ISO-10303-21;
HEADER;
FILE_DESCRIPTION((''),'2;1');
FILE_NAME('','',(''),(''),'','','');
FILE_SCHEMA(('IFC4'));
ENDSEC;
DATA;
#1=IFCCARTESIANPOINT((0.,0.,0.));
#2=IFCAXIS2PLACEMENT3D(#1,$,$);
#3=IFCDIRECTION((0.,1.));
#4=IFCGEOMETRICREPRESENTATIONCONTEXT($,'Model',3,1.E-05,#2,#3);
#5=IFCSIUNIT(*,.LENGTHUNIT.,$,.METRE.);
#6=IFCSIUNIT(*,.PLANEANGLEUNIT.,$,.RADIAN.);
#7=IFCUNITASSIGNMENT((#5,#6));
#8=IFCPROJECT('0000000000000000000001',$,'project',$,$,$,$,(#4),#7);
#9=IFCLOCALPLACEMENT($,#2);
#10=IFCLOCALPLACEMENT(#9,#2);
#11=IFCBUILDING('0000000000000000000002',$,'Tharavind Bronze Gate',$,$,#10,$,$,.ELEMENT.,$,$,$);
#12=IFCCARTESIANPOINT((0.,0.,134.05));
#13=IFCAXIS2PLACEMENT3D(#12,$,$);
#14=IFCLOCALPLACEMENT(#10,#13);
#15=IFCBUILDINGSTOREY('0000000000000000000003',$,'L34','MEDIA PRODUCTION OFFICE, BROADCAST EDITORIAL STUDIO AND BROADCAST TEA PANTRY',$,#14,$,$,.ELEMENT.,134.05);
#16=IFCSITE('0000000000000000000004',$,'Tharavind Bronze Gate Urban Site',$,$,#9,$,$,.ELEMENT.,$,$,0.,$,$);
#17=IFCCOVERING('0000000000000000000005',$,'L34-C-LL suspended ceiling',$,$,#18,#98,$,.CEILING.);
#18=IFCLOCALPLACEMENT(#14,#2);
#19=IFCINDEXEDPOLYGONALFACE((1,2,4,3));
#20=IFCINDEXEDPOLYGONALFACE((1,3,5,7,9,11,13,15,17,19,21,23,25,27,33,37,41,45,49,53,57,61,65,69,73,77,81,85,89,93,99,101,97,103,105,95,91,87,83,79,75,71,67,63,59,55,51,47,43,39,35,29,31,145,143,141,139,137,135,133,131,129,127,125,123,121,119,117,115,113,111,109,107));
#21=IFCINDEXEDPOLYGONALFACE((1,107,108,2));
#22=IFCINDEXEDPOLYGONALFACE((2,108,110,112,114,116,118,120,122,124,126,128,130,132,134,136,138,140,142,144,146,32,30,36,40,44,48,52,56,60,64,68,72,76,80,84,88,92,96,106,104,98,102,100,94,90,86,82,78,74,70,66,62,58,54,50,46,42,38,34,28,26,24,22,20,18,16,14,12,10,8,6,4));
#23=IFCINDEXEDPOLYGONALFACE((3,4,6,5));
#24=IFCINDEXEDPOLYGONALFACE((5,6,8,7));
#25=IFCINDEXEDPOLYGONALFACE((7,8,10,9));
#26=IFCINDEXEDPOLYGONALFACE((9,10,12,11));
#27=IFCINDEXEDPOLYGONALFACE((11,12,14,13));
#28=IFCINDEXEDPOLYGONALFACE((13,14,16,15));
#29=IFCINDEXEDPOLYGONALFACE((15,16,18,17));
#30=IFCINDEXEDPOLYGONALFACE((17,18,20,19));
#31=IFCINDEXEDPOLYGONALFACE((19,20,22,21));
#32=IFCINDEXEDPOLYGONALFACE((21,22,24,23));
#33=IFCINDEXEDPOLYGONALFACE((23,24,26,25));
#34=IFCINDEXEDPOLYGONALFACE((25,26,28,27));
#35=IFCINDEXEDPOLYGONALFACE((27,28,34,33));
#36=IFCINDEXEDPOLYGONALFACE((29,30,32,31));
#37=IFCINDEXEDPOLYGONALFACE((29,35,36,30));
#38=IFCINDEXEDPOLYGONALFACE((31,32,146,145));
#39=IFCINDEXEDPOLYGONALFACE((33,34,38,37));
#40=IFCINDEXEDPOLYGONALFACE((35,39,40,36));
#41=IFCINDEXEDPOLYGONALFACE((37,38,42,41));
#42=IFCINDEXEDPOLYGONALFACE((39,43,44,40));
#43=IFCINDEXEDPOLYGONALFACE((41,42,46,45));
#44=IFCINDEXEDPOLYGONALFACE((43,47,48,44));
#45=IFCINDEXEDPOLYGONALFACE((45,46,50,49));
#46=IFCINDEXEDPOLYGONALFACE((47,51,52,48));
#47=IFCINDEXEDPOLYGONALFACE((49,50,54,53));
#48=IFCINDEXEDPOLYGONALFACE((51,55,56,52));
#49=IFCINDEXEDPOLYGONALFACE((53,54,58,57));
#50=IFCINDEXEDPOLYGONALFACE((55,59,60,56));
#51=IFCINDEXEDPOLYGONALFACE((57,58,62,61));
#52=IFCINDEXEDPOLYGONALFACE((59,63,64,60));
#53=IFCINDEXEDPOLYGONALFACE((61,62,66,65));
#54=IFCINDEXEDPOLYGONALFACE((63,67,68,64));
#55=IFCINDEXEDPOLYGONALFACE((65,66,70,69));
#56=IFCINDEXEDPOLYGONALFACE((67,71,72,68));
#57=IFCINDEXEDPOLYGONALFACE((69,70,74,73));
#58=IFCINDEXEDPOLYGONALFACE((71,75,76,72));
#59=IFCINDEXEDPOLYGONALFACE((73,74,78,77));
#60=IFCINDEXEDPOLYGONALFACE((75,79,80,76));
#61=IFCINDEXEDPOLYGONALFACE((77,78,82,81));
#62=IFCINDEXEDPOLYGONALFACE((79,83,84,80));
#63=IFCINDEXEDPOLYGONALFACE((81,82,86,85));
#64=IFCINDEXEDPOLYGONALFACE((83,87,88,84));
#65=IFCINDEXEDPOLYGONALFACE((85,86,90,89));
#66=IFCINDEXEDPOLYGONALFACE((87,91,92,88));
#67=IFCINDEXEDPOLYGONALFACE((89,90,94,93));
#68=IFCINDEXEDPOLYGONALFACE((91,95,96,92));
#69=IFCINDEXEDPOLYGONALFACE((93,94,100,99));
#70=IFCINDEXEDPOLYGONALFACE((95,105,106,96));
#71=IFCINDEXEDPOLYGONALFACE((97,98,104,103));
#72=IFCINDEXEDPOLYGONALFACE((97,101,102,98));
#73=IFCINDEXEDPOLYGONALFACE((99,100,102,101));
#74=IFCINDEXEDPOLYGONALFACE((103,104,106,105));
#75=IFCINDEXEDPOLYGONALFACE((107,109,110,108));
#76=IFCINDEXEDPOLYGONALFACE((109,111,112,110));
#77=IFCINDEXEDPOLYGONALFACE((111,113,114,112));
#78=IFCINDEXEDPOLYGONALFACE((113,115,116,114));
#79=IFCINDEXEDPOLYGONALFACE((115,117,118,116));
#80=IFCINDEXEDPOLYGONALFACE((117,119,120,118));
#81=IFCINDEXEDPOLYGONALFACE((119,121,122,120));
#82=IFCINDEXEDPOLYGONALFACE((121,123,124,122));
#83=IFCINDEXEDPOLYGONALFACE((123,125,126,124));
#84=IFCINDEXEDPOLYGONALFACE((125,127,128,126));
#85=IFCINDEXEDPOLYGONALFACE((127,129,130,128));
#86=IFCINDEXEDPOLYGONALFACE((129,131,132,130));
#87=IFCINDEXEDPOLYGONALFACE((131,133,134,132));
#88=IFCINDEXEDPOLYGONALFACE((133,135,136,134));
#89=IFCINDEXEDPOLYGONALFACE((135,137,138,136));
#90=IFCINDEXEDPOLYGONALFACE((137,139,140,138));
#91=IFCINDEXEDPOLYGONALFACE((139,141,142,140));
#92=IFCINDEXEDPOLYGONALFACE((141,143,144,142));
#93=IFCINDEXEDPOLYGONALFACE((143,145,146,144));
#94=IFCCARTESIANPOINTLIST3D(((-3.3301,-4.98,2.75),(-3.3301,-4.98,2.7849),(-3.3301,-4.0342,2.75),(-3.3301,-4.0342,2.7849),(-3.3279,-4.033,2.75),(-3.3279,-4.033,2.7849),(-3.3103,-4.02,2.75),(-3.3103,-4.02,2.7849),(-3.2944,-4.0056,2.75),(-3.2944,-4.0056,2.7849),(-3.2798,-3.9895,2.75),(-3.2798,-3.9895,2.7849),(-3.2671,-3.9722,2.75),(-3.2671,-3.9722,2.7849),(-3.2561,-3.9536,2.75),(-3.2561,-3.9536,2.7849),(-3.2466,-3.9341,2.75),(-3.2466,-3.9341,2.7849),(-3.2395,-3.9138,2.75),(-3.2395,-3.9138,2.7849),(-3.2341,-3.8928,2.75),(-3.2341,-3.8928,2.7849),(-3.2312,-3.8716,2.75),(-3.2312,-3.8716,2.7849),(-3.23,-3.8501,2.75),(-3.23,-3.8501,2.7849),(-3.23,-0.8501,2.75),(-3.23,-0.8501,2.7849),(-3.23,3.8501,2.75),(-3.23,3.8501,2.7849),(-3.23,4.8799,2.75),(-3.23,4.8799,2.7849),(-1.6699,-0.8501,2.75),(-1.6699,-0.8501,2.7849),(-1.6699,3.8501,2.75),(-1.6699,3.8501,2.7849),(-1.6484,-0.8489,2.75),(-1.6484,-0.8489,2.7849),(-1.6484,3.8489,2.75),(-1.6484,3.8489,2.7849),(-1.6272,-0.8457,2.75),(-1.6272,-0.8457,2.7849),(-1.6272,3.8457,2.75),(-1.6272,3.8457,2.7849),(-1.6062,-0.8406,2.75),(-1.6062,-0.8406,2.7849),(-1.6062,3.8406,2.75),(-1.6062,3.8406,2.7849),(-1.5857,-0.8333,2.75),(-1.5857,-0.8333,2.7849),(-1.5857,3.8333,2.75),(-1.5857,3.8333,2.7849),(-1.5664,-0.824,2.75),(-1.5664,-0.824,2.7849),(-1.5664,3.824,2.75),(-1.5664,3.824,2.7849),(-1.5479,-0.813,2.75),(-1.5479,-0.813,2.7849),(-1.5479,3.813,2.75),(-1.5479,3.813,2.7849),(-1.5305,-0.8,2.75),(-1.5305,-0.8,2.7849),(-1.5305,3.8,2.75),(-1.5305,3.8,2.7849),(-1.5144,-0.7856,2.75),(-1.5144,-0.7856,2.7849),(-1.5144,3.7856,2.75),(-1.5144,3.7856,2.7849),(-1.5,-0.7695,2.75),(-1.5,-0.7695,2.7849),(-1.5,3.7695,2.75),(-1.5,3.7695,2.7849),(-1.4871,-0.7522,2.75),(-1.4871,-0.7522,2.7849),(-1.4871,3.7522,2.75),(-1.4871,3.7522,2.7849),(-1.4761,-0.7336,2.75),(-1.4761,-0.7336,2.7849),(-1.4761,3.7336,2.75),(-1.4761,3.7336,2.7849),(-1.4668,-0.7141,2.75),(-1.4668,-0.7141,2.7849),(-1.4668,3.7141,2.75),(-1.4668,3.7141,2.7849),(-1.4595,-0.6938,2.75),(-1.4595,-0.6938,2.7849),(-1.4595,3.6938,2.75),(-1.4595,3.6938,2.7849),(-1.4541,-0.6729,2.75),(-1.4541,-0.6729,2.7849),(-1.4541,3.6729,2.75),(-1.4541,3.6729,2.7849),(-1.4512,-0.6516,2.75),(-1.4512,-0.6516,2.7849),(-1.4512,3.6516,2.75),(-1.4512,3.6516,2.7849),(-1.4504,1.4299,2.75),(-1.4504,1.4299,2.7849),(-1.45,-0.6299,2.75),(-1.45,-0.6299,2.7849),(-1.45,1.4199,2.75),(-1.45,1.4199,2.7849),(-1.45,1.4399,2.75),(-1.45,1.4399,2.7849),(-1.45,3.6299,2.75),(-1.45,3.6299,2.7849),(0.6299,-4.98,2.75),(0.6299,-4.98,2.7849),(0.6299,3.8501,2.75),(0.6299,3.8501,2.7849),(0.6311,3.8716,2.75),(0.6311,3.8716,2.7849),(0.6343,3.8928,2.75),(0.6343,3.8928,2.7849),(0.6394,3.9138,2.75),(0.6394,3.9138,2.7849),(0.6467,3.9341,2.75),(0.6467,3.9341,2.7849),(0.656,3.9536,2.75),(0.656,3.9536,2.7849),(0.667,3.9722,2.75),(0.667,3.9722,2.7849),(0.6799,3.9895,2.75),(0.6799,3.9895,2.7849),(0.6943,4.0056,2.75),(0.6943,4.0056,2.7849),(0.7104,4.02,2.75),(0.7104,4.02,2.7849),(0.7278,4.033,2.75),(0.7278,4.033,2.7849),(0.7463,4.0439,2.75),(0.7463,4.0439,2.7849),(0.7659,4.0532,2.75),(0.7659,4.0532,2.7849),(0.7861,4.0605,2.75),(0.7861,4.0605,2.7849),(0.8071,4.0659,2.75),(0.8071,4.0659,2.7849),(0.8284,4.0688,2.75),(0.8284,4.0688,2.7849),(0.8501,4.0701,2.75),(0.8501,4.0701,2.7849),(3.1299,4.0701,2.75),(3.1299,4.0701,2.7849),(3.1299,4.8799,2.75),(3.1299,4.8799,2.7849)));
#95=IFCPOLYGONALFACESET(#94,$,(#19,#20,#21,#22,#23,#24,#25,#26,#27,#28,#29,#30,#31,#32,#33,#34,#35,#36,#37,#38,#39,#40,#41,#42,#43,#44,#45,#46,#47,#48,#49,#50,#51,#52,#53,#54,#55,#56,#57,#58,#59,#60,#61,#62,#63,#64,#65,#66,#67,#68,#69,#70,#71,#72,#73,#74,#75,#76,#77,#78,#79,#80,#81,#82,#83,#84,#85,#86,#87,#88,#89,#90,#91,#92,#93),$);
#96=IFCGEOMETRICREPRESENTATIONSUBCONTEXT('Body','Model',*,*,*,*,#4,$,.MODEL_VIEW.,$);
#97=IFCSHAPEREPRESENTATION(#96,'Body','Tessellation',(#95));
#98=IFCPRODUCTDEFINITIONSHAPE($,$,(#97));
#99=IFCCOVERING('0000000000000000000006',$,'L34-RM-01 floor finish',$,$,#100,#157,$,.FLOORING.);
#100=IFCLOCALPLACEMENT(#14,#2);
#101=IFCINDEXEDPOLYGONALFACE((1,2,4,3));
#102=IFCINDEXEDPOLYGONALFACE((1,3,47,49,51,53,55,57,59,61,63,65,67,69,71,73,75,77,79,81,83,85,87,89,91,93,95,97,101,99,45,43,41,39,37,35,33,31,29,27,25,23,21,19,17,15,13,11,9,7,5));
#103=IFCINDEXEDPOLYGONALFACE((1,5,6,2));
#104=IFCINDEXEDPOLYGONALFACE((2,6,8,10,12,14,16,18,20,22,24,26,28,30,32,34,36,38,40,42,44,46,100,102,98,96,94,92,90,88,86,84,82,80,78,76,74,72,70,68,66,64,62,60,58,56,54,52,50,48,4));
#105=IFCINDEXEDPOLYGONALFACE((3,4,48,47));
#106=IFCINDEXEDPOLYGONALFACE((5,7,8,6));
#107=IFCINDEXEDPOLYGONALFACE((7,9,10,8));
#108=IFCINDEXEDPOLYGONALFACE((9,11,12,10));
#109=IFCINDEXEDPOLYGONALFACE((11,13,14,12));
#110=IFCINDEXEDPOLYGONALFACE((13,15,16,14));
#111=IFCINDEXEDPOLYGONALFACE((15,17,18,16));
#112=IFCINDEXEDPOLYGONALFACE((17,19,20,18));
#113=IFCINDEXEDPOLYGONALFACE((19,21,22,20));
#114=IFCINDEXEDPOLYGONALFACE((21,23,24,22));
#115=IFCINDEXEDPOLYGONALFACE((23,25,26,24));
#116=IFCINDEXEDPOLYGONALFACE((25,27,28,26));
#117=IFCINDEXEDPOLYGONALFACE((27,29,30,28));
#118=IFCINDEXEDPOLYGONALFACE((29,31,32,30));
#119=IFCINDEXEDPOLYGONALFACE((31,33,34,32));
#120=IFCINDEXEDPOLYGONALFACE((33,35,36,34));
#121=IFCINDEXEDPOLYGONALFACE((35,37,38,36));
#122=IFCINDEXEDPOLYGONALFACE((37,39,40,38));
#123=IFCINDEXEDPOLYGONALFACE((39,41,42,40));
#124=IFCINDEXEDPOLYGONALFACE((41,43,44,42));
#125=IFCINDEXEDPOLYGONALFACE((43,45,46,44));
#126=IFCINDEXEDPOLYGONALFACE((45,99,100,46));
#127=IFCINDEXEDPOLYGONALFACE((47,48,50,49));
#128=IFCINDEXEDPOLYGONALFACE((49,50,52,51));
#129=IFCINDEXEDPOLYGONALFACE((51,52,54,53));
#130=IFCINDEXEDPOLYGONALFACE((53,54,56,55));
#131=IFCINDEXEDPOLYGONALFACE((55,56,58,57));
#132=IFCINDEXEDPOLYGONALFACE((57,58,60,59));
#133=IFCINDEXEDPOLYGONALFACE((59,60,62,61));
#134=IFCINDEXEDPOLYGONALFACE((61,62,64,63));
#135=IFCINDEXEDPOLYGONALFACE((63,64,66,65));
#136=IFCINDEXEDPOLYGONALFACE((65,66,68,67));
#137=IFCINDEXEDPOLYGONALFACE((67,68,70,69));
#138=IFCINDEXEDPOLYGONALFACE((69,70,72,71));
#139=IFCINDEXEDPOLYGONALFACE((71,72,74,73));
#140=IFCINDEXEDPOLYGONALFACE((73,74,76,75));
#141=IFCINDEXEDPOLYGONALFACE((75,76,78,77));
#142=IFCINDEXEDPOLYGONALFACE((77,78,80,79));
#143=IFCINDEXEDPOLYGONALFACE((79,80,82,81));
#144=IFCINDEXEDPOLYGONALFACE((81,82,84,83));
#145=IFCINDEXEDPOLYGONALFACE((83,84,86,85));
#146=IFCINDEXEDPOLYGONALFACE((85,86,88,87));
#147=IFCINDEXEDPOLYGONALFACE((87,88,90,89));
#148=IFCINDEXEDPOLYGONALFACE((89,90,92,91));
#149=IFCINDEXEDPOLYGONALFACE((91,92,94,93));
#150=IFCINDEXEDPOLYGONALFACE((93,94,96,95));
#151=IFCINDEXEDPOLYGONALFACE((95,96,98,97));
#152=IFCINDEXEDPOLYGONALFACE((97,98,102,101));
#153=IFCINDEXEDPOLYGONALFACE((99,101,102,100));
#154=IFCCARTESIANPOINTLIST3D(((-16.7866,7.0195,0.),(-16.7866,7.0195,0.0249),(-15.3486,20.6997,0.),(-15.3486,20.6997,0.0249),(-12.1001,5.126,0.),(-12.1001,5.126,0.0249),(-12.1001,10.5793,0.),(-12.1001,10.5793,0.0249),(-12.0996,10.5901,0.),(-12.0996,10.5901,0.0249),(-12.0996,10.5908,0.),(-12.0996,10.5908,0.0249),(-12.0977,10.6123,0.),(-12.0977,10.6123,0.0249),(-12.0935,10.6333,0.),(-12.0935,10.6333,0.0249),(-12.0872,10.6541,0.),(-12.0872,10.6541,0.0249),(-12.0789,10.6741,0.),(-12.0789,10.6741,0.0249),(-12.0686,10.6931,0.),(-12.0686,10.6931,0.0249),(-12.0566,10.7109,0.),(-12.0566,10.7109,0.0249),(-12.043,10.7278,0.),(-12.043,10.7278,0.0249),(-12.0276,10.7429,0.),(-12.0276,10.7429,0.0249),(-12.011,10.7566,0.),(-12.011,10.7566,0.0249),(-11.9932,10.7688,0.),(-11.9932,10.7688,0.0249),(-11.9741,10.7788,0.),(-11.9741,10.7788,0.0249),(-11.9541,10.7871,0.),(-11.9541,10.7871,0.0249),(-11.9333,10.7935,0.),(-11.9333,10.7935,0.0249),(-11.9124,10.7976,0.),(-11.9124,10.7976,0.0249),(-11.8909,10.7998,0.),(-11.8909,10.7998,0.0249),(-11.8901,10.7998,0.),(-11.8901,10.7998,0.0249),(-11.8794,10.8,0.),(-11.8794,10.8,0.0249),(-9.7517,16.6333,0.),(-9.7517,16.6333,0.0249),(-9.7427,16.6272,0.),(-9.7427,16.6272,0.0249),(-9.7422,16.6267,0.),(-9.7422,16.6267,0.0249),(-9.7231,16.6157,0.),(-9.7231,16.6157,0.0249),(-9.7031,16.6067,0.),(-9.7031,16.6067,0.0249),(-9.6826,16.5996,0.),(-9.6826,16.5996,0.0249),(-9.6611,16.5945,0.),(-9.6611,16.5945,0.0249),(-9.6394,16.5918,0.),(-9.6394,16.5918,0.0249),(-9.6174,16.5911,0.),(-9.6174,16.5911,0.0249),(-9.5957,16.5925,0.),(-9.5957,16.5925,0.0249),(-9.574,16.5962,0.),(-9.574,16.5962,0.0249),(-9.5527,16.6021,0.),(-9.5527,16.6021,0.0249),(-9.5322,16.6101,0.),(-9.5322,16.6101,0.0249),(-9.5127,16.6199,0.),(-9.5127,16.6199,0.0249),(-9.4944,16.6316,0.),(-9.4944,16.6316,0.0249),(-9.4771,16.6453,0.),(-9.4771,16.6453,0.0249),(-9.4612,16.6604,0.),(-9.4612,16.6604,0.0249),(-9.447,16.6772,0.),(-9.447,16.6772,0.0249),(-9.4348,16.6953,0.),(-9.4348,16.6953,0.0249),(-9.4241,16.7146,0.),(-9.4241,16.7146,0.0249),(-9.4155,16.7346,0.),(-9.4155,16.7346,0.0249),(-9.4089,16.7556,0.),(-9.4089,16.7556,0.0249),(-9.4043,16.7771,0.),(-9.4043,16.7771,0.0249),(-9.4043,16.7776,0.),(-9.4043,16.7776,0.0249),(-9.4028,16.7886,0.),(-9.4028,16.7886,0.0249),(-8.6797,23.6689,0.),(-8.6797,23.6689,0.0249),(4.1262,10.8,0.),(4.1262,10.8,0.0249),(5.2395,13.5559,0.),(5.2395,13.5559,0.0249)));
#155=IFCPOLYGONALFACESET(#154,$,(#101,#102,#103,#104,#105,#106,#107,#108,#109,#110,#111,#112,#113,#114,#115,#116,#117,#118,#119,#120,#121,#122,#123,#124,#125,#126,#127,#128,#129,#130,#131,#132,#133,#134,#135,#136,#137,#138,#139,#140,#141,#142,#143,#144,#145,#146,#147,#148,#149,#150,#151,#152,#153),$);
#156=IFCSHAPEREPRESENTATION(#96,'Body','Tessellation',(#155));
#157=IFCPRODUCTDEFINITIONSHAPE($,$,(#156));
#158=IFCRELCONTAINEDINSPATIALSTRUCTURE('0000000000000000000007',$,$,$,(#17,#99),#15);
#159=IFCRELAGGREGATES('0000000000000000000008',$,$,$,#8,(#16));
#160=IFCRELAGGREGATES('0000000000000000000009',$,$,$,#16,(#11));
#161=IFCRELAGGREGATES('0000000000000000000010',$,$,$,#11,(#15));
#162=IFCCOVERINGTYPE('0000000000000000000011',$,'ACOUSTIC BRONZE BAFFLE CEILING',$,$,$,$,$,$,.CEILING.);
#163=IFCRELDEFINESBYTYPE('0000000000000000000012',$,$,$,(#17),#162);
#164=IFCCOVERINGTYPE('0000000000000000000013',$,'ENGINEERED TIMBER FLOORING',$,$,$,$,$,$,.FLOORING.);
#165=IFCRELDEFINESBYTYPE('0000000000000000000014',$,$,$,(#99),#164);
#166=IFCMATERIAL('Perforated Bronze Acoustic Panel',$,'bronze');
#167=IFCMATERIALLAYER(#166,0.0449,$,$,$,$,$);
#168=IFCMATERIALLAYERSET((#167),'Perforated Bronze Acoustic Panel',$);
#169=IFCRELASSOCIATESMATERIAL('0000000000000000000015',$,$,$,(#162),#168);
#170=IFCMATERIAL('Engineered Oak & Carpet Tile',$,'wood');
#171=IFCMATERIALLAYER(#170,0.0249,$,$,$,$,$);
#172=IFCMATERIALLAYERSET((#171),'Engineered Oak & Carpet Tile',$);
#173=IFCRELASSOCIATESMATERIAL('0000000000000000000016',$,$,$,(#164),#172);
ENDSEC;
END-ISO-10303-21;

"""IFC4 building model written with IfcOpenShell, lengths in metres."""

from ifc_helpers import new_model, si_unit, direction, frame, origin, place, context, subcontext, project, spatial, polyline, outline, extrude, material, layer, layer_set, type_object, element, save


model = new_model("IFC4")

# Units and contexts
model_context = context("Model", 3, precision=1e-05, world=origin(), true_north=direction((0.0, 1.0)))
body_context = subcontext(model_context, "Body", "Model", "MODEL_VIEW")
ifc_project = project(units=[si_unit("LENGTHUNIT", "METRE"), si_unit("PLANEANGLEUNIT", "RADIAN")], contexts=[model_context])

# Site, building, storey
site_placement = place(None, origin())
site = spatial("IfcSite", under=ifc_project, at=site_placement, Name="Tharavind Bronze Gate Urban Site", CompositionType="ELEMENT", RefElevation=0.0)
building_placement = place(site_placement, origin())
building = spatial("IfcBuilding", under=site, at=building_placement, Name="Tharavind Bronze Gate", CompositionType="ELEMENT")
storey_placement = place(building_placement, frame((0.0, 0.0, 134.05)))
storey = spatial("IfcBuildingStorey", under=building, at=storey_placement, Name="L34", Description="MEDIA PRODUCTION OFFICE, BROADCAST EDITORIAL STUDIO AND BROADCAST TEA PANTRY", CompositionType="ELEMENT", Elevation=134.05)

# Coverings
ifc_material_1 = material(Name="Perforated Bronze Acoustic Panel", Category="bronze")
ifc_layer_1 = layer(ifc_material_1, 0.0449)
ifc_layer_set_1 = layer_set([ifc_layer_1], Name="Perforated Bronze Acoustic Panel")
covering_type_1 = type_object("IfcCoveringType", Name="ACOUSTIC BRONZE BAFFLE CEILING", PredefinedType="CEILING", material=ifc_layer_set_1)
covering_1_placement = place(storey_placement, frame((0.0, 0.0, 2.75)))
element("IfcCovering", 1, at=covering_1_placement, inside=storey, type_object=covering_type_1, Name="L34-C-LL suspended ceiling", PredefinedType="CEILING", context=body_context, shape_type="SweptSolid", body=[
    extrude(outline(polyline([(-3.3301, -4.98), (0.6299, -4.98), (0.6299, 3.8501), (0.6311, 3.8716), (0.6343, 3.8928), (0.6394, 3.9138), (0.6467, 3.9341), (0.656, 3.9536), (0.667, 3.9722), (0.6799, 3.9895), (0.6943, 4.0056), (0.7104, 4.02), (0.7278, 4.033), (0.7463, 4.0439), (0.7659, 4.0532), (0.7861, 4.0605), (0.8071, 4.0659), (0.8284, 4.0688), (0.8501, 4.0701), (3.1299, 4.0701), (3.1299, 4.8799), (-3.23, 4.8799), (-3.23, 3.8501), (-1.6699, 3.8501), (-1.6484, 3.8489), (-1.6272, 3.8457), (-1.6062, 3.8406), (-1.5857, 3.8333), (-1.5664, 3.824), (-1.5479, 3.813), (-1.5305, 3.8), (-1.5144, 3.7856), (-1.5, 3.7695), (-1.4871, 3.7522), (-1.4761, 3.7336), (-1.4668, 3.7141), (-1.4595, 3.6938), (-1.4541, 3.6729), (-1.4512, 3.6516), (-1.45, 3.6299), (-1.45, 1.4399), (-1.4504, 1.4299), (-1.45, 1.4199), (-1.45, -0.6299), (-1.4512, -0.6516), (-1.4541, -0.6729), (-1.4595, -0.6938), (-1.4668, -0.7141), (-1.4761, -0.7336), (-1.4871, -0.7522), (-1.5, -0.7695), (-1.5144, -0.7856), (-1.5305, -0.8), (-1.5479, -0.813), (-1.5664, -0.824), (-1.5857, -0.8333), (-1.6062, -0.8406), (-1.6272, -0.8457), (-1.6484, -0.8489), (-1.6699, -0.8501), (-3.23, -0.8501), (-3.23, -3.8501), (-3.2312, -3.8716), (-3.2341, -3.8928), (-3.2395, -3.9138), (-3.2466, -3.9341), (-3.2561, -3.9536), (-3.2671, -3.9722), (-3.2798, -3.9895), (-3.2944, -4.0056), (-3.3103, -4.02), (-3.3279, -4.033), (-3.3301, -4.0342), (-3.3301, -4.98)])), origin(), (0.0, 0.0, 1.0), 0.0349),
])
ifc_material_2 = material(Name="Engineered Oak & Carpet Tile", Category="wood")
ifc_layer_2 = layer(ifc_material_2, 0.0249)
ifc_layer_set_2 = layer_set([ifc_layer_2], Name="Engineered Oak & Carpet Tile")
covering_type_2 = type_object("IfcCoveringType", Name="ENGINEERED TIMBER FLOORING", PredefinedType="FLOORING", material=ifc_layer_set_2)
covering_2_placement = place(storey_placement, origin())
element("IfcCovering", 2, at=covering_2_placement, inside=storey, type_object=covering_type_2, Name="L34-RM-01 floor finish", PredefinedType="FLOORING", context=body_context, shape_type="SweptSolid", body=[
    extrude(outline(polyline([(-12.1001, 5.126), (-12.1001, 10.5793), (-12.0996, 10.5901), (-12.0996, 10.5908), (-12.0977, 10.6123), (-12.0935, 10.6333), (-12.0872, 10.6541), (-12.0789, 10.6741), (-12.0686, 10.6931), (-12.0566, 10.7109), (-12.043, 10.7278), (-12.0276, 10.7429), (-12.011, 10.7566), (-11.9932, 10.7688), (-11.9741, 10.7788), (-11.9541, 10.7871), (-11.9333, 10.7935), (-11.9124, 10.7976), (-11.8909, 10.7998), (-11.8901, 10.7998), (-11.8794, 10.8), (4.1262, 10.8), (5.2395, 13.5559), (-8.6797, 23.6689), (-9.4028, 16.7886), (-9.4043, 16.7776), (-9.4043, 16.7771), (-9.4089, 16.7556), (-9.4155, 16.7346), (-9.4241, 16.7146), (-9.4348, 16.6953), (-9.447, 16.6772), (-9.4612, 16.6604), (-9.4771, 16.6453), (-9.4944, 16.6316), (-9.5127, 16.6199), (-9.5322, 16.6101), (-9.5527, 16.6021), (-9.574, 16.5962), (-9.5957, 16.5925), (-9.6174, 16.5911), (-9.6394, 16.5918), (-9.6611, 16.5945), (-9.6826, 16.5996), (-9.7031, 16.6067), (-9.7231, 16.6157), (-9.7422, 16.6267), (-9.7427, 16.6272), (-9.7517, 16.6333), (-15.3486, 20.6997), (-16.7866, 7.0195), (-12.1001, 5.126)])), origin(), (0.0, 0.0, 1.0), 0.0249),
])

save(model, "model.ifc")
